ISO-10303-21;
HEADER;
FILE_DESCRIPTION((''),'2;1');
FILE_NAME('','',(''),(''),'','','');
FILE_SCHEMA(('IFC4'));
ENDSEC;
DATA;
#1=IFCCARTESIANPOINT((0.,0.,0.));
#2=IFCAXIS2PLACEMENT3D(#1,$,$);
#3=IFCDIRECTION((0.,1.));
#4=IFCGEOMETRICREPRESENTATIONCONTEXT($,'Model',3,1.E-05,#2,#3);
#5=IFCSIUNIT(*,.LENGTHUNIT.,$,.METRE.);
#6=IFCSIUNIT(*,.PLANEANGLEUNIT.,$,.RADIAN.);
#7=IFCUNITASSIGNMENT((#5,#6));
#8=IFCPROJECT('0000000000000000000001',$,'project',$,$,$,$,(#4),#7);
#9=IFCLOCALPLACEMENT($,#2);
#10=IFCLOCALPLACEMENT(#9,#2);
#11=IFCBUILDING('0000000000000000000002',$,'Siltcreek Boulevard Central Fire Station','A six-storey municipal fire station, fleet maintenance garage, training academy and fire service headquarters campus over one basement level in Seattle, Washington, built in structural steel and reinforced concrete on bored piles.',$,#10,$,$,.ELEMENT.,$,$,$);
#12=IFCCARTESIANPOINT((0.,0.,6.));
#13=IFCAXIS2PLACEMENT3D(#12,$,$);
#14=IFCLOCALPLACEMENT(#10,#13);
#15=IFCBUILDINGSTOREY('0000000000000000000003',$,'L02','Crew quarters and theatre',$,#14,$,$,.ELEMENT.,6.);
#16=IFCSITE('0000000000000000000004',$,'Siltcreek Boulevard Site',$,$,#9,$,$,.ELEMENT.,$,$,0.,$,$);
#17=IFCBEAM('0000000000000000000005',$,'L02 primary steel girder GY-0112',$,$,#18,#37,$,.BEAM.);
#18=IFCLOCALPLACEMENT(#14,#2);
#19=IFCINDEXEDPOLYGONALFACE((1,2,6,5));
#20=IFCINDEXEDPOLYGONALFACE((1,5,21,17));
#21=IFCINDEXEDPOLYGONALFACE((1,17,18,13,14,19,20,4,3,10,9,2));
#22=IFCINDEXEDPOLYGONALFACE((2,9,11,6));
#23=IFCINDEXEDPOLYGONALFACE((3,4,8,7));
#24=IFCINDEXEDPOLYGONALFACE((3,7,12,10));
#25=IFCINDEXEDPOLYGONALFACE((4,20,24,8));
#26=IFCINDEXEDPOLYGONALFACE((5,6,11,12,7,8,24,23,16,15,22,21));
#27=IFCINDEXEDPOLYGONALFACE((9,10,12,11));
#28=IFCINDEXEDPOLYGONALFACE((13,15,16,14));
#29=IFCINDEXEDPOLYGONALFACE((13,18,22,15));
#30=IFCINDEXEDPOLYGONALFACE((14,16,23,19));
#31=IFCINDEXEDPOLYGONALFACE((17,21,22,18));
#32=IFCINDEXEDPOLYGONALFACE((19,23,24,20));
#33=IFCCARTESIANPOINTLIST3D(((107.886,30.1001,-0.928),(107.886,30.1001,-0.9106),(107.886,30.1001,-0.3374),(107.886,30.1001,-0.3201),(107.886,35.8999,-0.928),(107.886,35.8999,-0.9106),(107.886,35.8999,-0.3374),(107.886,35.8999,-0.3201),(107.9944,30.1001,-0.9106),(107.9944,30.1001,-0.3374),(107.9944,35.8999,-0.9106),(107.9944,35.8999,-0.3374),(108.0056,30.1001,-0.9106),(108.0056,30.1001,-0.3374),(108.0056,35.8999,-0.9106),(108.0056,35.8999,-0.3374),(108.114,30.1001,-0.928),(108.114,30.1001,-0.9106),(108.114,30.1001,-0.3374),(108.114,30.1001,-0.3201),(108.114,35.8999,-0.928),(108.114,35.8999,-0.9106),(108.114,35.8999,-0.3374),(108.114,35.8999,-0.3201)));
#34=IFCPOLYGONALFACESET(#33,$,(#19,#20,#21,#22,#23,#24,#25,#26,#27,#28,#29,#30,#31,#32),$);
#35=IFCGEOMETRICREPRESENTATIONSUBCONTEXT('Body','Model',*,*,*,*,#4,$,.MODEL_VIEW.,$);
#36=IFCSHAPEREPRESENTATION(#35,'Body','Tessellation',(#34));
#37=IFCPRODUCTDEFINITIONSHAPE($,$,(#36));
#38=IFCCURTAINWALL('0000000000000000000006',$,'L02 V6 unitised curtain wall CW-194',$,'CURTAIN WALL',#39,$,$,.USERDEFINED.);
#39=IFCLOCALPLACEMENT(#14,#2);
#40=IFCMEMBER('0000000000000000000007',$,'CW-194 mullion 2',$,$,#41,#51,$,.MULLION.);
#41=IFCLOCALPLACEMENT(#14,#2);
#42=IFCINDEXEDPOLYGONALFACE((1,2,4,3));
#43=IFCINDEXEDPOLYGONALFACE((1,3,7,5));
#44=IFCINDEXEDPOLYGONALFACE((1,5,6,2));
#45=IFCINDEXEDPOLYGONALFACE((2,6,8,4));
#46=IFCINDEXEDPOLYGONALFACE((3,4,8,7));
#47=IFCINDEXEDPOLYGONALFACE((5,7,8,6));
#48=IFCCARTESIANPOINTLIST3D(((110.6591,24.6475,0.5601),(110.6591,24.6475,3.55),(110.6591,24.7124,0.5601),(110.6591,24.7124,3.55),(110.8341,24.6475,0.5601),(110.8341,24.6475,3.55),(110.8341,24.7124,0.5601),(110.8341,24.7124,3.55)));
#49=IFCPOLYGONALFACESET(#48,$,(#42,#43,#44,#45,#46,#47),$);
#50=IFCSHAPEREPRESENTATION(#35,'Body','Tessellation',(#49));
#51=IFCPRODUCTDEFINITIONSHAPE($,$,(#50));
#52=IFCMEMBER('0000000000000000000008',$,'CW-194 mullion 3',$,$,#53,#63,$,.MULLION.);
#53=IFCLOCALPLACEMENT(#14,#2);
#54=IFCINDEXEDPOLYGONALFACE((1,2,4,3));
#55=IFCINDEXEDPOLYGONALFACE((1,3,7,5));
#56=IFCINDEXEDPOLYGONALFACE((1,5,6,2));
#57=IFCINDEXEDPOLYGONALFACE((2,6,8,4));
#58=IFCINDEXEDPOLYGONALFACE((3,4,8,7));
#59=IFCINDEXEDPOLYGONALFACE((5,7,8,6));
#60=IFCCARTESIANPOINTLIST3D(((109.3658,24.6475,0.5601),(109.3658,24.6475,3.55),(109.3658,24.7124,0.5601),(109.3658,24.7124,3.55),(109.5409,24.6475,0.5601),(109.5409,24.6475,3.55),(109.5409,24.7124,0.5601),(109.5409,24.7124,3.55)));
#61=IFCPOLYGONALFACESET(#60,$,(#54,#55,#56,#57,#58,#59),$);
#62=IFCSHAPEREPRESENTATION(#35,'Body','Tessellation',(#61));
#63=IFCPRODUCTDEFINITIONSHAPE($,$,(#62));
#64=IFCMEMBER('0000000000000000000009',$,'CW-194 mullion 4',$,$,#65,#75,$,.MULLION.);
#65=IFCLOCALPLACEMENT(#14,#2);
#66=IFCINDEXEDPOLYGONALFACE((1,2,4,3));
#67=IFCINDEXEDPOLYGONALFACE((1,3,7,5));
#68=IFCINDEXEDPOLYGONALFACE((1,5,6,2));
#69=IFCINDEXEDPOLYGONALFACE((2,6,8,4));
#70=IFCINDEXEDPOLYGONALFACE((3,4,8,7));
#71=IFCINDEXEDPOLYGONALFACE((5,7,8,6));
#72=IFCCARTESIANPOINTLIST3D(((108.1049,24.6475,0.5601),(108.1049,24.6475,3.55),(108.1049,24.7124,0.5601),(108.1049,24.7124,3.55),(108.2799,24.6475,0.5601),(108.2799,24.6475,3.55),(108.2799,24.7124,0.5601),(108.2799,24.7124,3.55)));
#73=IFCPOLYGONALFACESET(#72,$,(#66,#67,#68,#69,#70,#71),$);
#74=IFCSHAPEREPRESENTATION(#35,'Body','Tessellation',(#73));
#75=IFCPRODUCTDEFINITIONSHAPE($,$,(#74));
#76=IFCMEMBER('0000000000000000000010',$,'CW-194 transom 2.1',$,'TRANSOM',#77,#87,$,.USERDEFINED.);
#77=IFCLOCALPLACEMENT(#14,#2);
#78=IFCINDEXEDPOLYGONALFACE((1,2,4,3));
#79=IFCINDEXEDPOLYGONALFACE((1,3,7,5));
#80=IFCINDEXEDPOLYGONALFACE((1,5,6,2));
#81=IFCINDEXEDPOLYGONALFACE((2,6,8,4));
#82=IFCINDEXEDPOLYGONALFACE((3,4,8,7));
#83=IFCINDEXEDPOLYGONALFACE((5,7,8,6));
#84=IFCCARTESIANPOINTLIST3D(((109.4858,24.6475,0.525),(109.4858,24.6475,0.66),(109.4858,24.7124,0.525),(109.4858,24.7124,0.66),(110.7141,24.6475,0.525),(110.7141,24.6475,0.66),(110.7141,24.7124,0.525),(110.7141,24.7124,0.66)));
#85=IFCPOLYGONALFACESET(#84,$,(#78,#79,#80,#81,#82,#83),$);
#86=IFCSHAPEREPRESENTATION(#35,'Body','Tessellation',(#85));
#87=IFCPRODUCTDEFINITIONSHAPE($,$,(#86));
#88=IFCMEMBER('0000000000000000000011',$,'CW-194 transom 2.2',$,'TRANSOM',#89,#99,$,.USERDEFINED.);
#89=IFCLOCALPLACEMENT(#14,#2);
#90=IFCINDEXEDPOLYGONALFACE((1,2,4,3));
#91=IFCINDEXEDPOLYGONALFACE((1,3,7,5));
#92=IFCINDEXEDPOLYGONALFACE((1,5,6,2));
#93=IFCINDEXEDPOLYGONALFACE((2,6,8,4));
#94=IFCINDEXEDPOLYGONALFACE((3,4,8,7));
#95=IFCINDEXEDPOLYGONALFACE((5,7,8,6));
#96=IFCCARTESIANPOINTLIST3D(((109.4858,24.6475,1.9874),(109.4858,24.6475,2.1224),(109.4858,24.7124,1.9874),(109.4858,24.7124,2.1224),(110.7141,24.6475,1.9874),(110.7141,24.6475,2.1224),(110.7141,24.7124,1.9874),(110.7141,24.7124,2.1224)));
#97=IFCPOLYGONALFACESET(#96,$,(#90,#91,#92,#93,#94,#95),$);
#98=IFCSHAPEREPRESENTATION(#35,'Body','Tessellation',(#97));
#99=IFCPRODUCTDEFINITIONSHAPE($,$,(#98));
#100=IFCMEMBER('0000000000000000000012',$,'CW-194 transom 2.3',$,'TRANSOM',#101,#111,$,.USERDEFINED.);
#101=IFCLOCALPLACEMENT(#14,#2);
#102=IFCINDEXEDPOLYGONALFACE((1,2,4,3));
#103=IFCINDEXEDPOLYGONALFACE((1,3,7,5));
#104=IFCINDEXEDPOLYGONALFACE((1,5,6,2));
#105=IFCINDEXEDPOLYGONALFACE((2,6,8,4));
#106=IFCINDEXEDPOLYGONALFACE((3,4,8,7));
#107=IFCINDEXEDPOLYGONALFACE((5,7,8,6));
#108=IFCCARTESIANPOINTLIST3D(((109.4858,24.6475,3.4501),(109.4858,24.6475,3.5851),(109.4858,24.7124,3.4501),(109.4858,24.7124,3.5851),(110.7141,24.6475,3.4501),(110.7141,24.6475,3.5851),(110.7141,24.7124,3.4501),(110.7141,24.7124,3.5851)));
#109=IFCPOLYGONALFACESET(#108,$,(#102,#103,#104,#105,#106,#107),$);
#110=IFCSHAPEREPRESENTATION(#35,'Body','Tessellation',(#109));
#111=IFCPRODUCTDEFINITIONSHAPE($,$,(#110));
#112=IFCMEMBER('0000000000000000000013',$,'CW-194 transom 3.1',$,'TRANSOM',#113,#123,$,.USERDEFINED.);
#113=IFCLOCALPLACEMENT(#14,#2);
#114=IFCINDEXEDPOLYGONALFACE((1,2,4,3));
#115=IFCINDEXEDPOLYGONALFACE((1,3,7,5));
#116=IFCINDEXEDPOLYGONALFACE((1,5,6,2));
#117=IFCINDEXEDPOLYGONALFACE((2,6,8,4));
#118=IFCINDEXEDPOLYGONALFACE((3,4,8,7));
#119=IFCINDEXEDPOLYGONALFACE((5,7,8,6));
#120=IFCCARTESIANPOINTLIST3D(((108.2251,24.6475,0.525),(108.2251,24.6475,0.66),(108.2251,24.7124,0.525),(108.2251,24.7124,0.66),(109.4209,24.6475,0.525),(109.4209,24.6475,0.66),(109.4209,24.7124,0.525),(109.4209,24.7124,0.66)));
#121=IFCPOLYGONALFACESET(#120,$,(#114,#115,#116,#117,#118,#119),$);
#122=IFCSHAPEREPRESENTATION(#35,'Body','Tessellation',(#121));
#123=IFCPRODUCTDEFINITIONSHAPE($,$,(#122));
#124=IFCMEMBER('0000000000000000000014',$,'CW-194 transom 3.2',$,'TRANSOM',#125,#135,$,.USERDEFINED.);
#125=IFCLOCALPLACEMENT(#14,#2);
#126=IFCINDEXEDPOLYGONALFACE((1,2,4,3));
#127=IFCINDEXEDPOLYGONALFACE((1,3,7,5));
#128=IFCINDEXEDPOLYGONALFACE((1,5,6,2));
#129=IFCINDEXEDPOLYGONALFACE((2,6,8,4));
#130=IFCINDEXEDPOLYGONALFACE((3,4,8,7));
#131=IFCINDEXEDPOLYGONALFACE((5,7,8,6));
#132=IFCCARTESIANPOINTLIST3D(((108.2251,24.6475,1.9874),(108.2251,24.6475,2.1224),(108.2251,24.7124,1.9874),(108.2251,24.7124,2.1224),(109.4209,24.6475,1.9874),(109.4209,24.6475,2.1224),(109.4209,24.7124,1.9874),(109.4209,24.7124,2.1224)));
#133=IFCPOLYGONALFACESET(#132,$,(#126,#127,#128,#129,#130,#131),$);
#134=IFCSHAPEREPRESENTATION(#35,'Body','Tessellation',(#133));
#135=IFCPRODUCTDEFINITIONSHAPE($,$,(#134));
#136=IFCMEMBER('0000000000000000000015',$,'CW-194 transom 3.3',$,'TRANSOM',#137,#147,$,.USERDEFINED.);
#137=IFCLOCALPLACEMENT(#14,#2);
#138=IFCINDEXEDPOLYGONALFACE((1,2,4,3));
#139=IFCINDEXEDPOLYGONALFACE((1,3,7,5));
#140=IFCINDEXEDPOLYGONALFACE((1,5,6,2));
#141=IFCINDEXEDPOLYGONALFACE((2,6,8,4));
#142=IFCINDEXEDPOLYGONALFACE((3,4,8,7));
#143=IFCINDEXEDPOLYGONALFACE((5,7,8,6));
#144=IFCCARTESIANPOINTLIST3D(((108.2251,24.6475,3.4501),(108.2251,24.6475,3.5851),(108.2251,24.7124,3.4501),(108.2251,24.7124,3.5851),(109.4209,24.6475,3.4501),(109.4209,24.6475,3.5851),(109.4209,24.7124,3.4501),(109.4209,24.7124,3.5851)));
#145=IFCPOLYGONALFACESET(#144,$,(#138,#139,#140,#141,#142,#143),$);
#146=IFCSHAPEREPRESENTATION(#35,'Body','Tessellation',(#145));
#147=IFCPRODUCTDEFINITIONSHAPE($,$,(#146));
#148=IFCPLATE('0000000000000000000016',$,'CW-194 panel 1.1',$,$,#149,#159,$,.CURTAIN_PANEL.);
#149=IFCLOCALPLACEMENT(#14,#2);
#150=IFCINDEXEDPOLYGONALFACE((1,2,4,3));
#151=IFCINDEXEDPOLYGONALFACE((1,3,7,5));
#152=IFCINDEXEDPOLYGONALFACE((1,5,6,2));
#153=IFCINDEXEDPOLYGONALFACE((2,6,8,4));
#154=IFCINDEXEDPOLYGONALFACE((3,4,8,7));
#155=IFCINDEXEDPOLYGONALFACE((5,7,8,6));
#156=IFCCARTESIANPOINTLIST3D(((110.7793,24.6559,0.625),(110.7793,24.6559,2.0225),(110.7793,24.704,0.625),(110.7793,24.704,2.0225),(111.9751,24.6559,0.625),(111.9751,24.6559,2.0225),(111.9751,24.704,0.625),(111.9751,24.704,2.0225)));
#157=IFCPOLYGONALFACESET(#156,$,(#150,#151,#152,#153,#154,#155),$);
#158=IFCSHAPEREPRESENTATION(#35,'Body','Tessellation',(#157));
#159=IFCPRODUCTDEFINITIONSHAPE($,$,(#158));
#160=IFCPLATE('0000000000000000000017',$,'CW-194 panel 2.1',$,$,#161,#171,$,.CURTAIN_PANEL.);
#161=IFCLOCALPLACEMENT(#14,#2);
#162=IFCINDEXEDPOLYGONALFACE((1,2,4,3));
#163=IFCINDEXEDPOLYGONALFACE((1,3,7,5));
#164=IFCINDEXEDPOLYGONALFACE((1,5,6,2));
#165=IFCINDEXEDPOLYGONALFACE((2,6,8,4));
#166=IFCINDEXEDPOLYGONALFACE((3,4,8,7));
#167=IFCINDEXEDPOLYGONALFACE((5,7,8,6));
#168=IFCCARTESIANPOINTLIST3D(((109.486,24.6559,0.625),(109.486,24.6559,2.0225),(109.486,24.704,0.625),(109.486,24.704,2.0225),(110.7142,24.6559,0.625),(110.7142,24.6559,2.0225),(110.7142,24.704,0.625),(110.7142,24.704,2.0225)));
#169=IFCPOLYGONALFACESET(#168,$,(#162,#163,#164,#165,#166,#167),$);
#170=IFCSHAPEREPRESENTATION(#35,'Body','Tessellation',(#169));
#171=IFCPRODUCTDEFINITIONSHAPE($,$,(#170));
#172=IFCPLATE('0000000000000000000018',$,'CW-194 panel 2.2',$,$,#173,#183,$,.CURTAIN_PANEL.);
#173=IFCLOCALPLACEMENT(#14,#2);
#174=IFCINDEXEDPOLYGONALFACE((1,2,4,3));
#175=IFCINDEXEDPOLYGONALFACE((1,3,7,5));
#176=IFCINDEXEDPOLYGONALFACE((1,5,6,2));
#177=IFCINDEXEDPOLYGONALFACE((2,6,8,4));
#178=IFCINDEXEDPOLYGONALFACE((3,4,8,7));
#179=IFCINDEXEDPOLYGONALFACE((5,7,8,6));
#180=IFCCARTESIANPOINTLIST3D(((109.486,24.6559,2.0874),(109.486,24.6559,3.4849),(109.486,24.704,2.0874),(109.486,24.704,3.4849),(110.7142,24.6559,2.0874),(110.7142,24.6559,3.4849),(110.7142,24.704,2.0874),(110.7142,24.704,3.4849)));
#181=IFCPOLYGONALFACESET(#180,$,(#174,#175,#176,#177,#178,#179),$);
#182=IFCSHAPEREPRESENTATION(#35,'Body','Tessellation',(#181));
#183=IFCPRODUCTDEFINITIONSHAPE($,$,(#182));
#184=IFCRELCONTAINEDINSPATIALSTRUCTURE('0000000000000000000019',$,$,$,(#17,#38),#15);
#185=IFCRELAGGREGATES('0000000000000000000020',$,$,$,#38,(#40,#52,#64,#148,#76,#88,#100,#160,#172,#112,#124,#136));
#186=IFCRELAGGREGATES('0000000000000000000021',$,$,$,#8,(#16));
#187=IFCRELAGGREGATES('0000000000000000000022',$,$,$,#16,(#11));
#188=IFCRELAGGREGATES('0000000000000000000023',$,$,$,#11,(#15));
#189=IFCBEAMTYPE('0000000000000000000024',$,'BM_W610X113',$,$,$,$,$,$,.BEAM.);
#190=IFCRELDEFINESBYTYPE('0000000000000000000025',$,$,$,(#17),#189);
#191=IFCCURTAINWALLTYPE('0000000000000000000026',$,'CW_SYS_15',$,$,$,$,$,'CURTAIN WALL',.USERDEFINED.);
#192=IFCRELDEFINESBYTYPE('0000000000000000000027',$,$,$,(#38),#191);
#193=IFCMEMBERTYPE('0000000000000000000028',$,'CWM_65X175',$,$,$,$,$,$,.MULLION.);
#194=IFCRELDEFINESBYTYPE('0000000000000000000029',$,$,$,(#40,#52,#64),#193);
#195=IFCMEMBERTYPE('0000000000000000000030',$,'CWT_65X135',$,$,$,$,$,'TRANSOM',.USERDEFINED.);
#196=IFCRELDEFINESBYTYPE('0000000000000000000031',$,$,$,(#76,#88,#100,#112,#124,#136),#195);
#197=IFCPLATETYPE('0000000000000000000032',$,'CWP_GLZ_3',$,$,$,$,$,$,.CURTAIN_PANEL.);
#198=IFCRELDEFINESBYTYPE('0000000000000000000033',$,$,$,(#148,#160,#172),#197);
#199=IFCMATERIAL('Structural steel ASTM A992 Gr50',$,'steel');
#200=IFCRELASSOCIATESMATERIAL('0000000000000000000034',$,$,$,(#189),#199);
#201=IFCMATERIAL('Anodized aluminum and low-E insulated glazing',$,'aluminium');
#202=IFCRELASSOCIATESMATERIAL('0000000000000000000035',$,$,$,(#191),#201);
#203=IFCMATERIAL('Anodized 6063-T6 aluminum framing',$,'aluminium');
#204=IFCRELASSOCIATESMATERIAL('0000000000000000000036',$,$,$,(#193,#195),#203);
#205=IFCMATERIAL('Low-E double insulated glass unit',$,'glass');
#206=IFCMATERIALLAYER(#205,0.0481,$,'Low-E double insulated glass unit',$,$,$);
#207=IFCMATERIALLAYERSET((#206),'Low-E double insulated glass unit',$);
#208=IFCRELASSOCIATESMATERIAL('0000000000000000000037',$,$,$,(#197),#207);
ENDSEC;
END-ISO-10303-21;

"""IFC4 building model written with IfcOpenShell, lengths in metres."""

from ifc_helpers import new_model, si_unit, direction, frame, origin, origin_2d, place, context, subcontext, project, spatial, rectangle, i_section, extrude, material, layer, layer_set, material_profile, profile_set, type_object, element, aggregate, save


model = new_model("IFC4")

# Units and contexts
model_context = context("Model", 3, precision=1e-05, world=origin(), true_north=direction((0.0, 1.0)))
body_context = subcontext(model_context, "Body", "Model", "MODEL_VIEW")
ifc_project = project(units=[si_unit("LENGTHUNIT", "METRE"), si_unit("PLANEANGLEUNIT", "RADIAN")], contexts=[model_context])

# Site, building, storey
site_placement = place(None, origin())
site = spatial("IfcSite", under=ifc_project, at=site_placement, Name="Siltcreek Boulevard Site", CompositionType="ELEMENT", RefElevation=0.0)
building_placement = place(site_placement, origin())
building = spatial("IfcBuilding", under=site, at=building_placement, Name="Siltcreek Boulevard Central Fire Station", Description="A six-storey municipal fire station, fleet maintenance garage, training academy and fire service headquarters campus over one basement level in Seattle, Washington, built in structural steel and reinforced concrete on bored piles.", CompositionType="ELEMENT")
storey_placement = place(building_placement, frame((0.0, 0.0, 6.0)))
storey = spatial("IfcBuildingStorey", under=building, at=storey_placement, Name="L02", Description="Crew quarters and theatre", CompositionType="ELEMENT", Elevation=6.0)

# Beam
ifc_material_1 = material(Name="Structural steel ASTM A992 Gr50", Category="steel")
ifc_material_profile_1 = material_profile(ifc_material_1, i_section(OverallWidth=0.228, OverallDepth=0.6079, WebThickness=0.0112, FlangeThickness=0.0173, at=origin_2d()), Name="W610X113")
ifc_profile_set_1 = profile_set([ifc_material_profile_1], Name="Structural steel ASTM A992 Gr50")
beam_type = type_object("IfcBeamType", Name="BM_W610X113", PredefinedType="BEAM", material=ifc_profile_set_1)
beam_placement = place(storey_placement, frame((108.0, 30.1001, -0.624), z_axis=(0.0, 1.0, 0.0), x_axis=(-1.0, 0.0, 0.0)))
element("IfcBeam", 1, at=beam_placement, inside=storey, type_object=beam_type, Name="L02 primary steel girder GY-0112", PredefinedType="BEAM", context=body_context, shape_type="SweptSolid", body=[
    extrude(i_section(OverallWidth=0.228, OverallDepth=0.6079, WebThickness=0.0112, FlangeThickness=0.0173, at=origin_2d()), origin(), (0.0, 0.0, 1.0), 5.7998),
])

# Curtain wall, members, plates
ifc_material_2 = material(Name="Anodized aluminum and low-E insulated glazing", Category="aluminium")
curtain_wall_type = type_object("IfcCurtainWallType", Name="CW_SYS_15", ElementType="CURTAIN WALL", PredefinedType="USERDEFINED", material=ifc_material_2)
curtain_wall_placement = place(storey_placement, origin())
curtain_wall = element("IfcCurtainWall", 2, at=curtain_wall_placement, inside=storey, type_object=curtain_wall_type, Name="L02 V6 unitised curtain wall CW-194", ObjectType="CURTAIN WALL", PredefinedType="USERDEFINED")
ifc_material_3 = material(Name="Anodized 6063-T6 aluminum framing", Category="aluminium")
ifc_material_profile_2 = material_profile(ifc_material_3, rectangle(XDim=0.0649, YDim=0.175, at=origin_2d()), Name="MULL65X175")
ifc_profile_set_2 = profile_set([ifc_material_profile_2], Name="Anodized 6063-T6 aluminum framing")
member_type_1 = type_object("IfcMemberType", Name="CWM_65X175", PredefinedType="MULLION", material=ifc_profile_set_2)
member_1_placement = place(storey_placement, frame((110.7466, 24.6799, 0.5601), z_axis=(0.0, 0.0, 1.0), x_axis=(0.0, -1.0, 0.0)))
member_1 = element("IfcMember", 3, at=member_1_placement, type_object=member_type_1, Name="CW-194 mullion 2", PredefinedType="MULLION", context=body_context, shape_type="SweptSolid", body=[
    extrude(rectangle(XDim=0.0649, YDim=0.175, at=origin_2d()), origin(), (0.0, 0.0, 1.0), 2.99),
])
member_2_placement = place(storey_placement, frame((109.4534, 24.6799, 0.5601), z_axis=(0.0, 0.0, 1.0), x_axis=(0.0, -1.0, 0.0)))
member_2 = element("IfcMember", 4, at=member_2_placement, type_object=member_type_1, Name="CW-194 mullion 3", PredefinedType="MULLION", context=body_context, shape_type="SweptSolid", body=[
    extrude(rectangle(XDim=0.0649, YDim=0.175, at=origin_2d()), origin(), (0.0, 0.0, 1.0), 2.99),
])
member_3_placement = place(storey_placement, frame((108.1924, 24.6799, 0.5601), z_axis=(0.0, 0.0, 1.0), x_axis=(0.0, -1.0, 0.0)))
member_3 = element("IfcMember", 5, at=member_3_placement, type_object=member_type_1, Name="CW-194 mullion 4", PredefinedType="MULLION", context=body_context, shape_type="SweptSolid", body=[
    extrude(rectangle(XDim=0.0649, YDim=0.175, at=origin_2d()), origin(), (0.0, 0.0, 1.0), 2.99),
])
ifc_material_profile_3 = material_profile(ifc_material_3, rectangle(XDim=0.0649, YDim=0.135, at=origin_2d()), Name="TRAN65X135")
ifc_profile_set_3 = profile_set([ifc_material_profile_3], Name="Anodized 6063-T6 aluminum framing")
member_type_2 = type_object("IfcMemberType", Name="CWT_65X135", ElementType="TRANSOM", PredefinedType="USERDEFINED", material=ifc_profile_set_3)
member_4_placement = place(storey_placement, frame((110.7141, 24.6799, 0.5925), z_axis=(-1.0, 0.0, 0.0), x_axis=(0.0, -1.0, 0.0)))
member_4 = element("IfcMember", 6, at=member_4_placement, type_object=member_type_2, Name="CW-194 transom 2.1", ObjectType="TRANSOM", PredefinedType="USERDEFINED", context=body_context, shape_type="SweptSolid", body=[
    extrude(rectangle(XDim=0.0649, YDim=0.135, at=origin_2d()), origin(), (0.0, 0.0, 1.0), 1.2283),
])
member_5_placement = place(storey_placement, frame((110.7141, 24.6799, 2.0549), z_axis=(-1.0, 0.0, 0.0), x_axis=(0.0, -1.0, 0.0)))
member_5 = element("IfcMember", 7, at=member_5_placement, type_object=member_type_2, Name="CW-194 transom 2.2", ObjectType="TRANSOM", PredefinedType="USERDEFINED", context=body_context, shape_type="SweptSolid", body=[
    extrude(rectangle(XDim=0.0649, YDim=0.135, at=origin_2d()), origin(), (0.0, 0.0, 1.0), 1.2283),
])
member_6_placement = place(storey_placement, frame((110.7141, 24.6799, 3.5176), z_axis=(-1.0, 0.0, 0.0), x_axis=(0.0, -1.0, 0.0)))
member_6 = element("IfcMember", 8, at=member_6_placement, type_object=member_type_2, Name="CW-194 transom 2.3", ObjectType="TRANSOM", PredefinedType="USERDEFINED", context=body_context, shape_type="SweptSolid", body=[
    extrude(rectangle(XDim=0.0649, YDim=0.135, at=origin_2d()), origin(), (0.0, 0.0, 1.0), 1.2283),
])
member_7_placement = place(storey_placement, frame((109.4209, 24.6799, 0.5925), z_axis=(-1.0, 0.0, 0.0), x_axis=(0.0, -1.0, 0.0)))
member_7 = element("IfcMember", 9, at=member_7_placement, type_object=member_type_2, Name="CW-194 transom 3.1", ObjectType="TRANSOM", PredefinedType="USERDEFINED", context=body_context, shape_type="SweptSolid", body=[
    extrude(rectangle(XDim=0.0649, YDim=0.135, at=origin_2d()), origin(), (0.0, 0.0, 1.0), 1.1958),
])
member_8_placement = place(storey_placement, frame((109.4209, 24.6799, 2.0549), z_axis=(-1.0, 0.0, 0.0), x_axis=(0.0, -1.0, 0.0)))
member_8 = element("IfcMember", 10, at=member_8_placement, type_object=member_type_2, Name="CW-194 transom 3.2", ObjectType="TRANSOM", PredefinedType="USERDEFINED", context=body_context, shape_type="SweptSolid", body=[
    extrude(rectangle(XDim=0.0649, YDim=0.135, at=origin_2d()), origin(), (0.0, 0.0, 1.0), 1.1958),
])
member_9_placement = place(storey_placement, frame((109.4209, 24.6799, 3.5176), z_axis=(-1.0, 0.0, 0.0), x_axis=(0.0, -1.0, 0.0)))
member_9 = element("IfcMember", 11, at=member_9_placement, type_object=member_type_2, Name="CW-194 transom 3.3", ObjectType="TRANSOM", PredefinedType="USERDEFINED", context=body_context, shape_type="SweptSolid", body=[
    extrude(rectangle(XDim=0.0649, YDim=0.135, at=origin_2d()), origin(), (0.0, 0.0, 1.0), 1.1958),
])
ifc_material_4 = material(Name="Low-E double insulated glass unit", Category="glass")
ifc_layer_1 = layer(ifc_material_4, 0.0481, Name="Low-E double insulated glass unit")
ifc_layer_set_1 = layer_set([ifc_layer_1], Name="Low-E double insulated glass unit")
plate_type_1 = type_object("IfcPlateType", Name="CWP_GLZ_3", PredefinedType="CURTAIN_PANEL", material=ifc_layer_set_1)
plate_1_placement = place(storey_placement, frame((111.3772, 24.6799, 0.625), z_axis=(0.0, 0.0, 1.0), x_axis=(-1.0, 0.0, 0.0)))
plate_1 = element("IfcPlate", 12, at=plate_1_placement, type_object=plate_type_1, Name="CW-194 panel 1.1", PredefinedType="CURTAIN_PANEL", context=body_context, shape_type="SweptSolid", body=[
    extrude(rectangle(XDim=1.1958, YDim=0.0481, at=origin_2d()), origin(), (0.0, 0.0, 1.0), 1.3975),
])
plate_2_placement = place(storey_placement, frame((110.1001, 24.6799, 0.625), z_axis=(0.0, 0.0, 1.0), x_axis=(-1.0, 0.0, 0.0)))
plate_2 = element("IfcPlate", 13, at=plate_2_placement, type_object=plate_type_1, Name="CW-194 panel 2.1", PredefinedType="CURTAIN_PANEL", context=body_context, shape_type="SweptSolid", body=[
    extrude(rectangle(XDim=1.2283, YDim=0.0481, at=origin_2d()), origin(), (0.0, 0.0, 1.0), 1.3975),
])
plate_3_placement = place(storey_placement, frame((110.1001, 24.6799, 2.0874), z_axis=(0.0, 0.0, 1.0), x_axis=(-1.0, 0.0, 0.0)))
plate_3 = element("IfcPlate", 14, at=plate_3_placement, type_object=plate_type_1, Name="CW-194 panel 2.2", PredefinedType="CURTAIN_PANEL", context=body_context, shape_type="SweptSolid", body=[
    extrude(rectangle(XDim=1.2283, YDim=0.0481, at=origin_2d()), origin(), (0.0, 0.0, 1.0), 1.3975),
])
aggregate(curtain_wall, [member_1, member_2, member_3, plate_1, member_4, member_5, member_6, plate_2, plate_3, member_7, member_8, member_9])

save(model, "model.ifc")
